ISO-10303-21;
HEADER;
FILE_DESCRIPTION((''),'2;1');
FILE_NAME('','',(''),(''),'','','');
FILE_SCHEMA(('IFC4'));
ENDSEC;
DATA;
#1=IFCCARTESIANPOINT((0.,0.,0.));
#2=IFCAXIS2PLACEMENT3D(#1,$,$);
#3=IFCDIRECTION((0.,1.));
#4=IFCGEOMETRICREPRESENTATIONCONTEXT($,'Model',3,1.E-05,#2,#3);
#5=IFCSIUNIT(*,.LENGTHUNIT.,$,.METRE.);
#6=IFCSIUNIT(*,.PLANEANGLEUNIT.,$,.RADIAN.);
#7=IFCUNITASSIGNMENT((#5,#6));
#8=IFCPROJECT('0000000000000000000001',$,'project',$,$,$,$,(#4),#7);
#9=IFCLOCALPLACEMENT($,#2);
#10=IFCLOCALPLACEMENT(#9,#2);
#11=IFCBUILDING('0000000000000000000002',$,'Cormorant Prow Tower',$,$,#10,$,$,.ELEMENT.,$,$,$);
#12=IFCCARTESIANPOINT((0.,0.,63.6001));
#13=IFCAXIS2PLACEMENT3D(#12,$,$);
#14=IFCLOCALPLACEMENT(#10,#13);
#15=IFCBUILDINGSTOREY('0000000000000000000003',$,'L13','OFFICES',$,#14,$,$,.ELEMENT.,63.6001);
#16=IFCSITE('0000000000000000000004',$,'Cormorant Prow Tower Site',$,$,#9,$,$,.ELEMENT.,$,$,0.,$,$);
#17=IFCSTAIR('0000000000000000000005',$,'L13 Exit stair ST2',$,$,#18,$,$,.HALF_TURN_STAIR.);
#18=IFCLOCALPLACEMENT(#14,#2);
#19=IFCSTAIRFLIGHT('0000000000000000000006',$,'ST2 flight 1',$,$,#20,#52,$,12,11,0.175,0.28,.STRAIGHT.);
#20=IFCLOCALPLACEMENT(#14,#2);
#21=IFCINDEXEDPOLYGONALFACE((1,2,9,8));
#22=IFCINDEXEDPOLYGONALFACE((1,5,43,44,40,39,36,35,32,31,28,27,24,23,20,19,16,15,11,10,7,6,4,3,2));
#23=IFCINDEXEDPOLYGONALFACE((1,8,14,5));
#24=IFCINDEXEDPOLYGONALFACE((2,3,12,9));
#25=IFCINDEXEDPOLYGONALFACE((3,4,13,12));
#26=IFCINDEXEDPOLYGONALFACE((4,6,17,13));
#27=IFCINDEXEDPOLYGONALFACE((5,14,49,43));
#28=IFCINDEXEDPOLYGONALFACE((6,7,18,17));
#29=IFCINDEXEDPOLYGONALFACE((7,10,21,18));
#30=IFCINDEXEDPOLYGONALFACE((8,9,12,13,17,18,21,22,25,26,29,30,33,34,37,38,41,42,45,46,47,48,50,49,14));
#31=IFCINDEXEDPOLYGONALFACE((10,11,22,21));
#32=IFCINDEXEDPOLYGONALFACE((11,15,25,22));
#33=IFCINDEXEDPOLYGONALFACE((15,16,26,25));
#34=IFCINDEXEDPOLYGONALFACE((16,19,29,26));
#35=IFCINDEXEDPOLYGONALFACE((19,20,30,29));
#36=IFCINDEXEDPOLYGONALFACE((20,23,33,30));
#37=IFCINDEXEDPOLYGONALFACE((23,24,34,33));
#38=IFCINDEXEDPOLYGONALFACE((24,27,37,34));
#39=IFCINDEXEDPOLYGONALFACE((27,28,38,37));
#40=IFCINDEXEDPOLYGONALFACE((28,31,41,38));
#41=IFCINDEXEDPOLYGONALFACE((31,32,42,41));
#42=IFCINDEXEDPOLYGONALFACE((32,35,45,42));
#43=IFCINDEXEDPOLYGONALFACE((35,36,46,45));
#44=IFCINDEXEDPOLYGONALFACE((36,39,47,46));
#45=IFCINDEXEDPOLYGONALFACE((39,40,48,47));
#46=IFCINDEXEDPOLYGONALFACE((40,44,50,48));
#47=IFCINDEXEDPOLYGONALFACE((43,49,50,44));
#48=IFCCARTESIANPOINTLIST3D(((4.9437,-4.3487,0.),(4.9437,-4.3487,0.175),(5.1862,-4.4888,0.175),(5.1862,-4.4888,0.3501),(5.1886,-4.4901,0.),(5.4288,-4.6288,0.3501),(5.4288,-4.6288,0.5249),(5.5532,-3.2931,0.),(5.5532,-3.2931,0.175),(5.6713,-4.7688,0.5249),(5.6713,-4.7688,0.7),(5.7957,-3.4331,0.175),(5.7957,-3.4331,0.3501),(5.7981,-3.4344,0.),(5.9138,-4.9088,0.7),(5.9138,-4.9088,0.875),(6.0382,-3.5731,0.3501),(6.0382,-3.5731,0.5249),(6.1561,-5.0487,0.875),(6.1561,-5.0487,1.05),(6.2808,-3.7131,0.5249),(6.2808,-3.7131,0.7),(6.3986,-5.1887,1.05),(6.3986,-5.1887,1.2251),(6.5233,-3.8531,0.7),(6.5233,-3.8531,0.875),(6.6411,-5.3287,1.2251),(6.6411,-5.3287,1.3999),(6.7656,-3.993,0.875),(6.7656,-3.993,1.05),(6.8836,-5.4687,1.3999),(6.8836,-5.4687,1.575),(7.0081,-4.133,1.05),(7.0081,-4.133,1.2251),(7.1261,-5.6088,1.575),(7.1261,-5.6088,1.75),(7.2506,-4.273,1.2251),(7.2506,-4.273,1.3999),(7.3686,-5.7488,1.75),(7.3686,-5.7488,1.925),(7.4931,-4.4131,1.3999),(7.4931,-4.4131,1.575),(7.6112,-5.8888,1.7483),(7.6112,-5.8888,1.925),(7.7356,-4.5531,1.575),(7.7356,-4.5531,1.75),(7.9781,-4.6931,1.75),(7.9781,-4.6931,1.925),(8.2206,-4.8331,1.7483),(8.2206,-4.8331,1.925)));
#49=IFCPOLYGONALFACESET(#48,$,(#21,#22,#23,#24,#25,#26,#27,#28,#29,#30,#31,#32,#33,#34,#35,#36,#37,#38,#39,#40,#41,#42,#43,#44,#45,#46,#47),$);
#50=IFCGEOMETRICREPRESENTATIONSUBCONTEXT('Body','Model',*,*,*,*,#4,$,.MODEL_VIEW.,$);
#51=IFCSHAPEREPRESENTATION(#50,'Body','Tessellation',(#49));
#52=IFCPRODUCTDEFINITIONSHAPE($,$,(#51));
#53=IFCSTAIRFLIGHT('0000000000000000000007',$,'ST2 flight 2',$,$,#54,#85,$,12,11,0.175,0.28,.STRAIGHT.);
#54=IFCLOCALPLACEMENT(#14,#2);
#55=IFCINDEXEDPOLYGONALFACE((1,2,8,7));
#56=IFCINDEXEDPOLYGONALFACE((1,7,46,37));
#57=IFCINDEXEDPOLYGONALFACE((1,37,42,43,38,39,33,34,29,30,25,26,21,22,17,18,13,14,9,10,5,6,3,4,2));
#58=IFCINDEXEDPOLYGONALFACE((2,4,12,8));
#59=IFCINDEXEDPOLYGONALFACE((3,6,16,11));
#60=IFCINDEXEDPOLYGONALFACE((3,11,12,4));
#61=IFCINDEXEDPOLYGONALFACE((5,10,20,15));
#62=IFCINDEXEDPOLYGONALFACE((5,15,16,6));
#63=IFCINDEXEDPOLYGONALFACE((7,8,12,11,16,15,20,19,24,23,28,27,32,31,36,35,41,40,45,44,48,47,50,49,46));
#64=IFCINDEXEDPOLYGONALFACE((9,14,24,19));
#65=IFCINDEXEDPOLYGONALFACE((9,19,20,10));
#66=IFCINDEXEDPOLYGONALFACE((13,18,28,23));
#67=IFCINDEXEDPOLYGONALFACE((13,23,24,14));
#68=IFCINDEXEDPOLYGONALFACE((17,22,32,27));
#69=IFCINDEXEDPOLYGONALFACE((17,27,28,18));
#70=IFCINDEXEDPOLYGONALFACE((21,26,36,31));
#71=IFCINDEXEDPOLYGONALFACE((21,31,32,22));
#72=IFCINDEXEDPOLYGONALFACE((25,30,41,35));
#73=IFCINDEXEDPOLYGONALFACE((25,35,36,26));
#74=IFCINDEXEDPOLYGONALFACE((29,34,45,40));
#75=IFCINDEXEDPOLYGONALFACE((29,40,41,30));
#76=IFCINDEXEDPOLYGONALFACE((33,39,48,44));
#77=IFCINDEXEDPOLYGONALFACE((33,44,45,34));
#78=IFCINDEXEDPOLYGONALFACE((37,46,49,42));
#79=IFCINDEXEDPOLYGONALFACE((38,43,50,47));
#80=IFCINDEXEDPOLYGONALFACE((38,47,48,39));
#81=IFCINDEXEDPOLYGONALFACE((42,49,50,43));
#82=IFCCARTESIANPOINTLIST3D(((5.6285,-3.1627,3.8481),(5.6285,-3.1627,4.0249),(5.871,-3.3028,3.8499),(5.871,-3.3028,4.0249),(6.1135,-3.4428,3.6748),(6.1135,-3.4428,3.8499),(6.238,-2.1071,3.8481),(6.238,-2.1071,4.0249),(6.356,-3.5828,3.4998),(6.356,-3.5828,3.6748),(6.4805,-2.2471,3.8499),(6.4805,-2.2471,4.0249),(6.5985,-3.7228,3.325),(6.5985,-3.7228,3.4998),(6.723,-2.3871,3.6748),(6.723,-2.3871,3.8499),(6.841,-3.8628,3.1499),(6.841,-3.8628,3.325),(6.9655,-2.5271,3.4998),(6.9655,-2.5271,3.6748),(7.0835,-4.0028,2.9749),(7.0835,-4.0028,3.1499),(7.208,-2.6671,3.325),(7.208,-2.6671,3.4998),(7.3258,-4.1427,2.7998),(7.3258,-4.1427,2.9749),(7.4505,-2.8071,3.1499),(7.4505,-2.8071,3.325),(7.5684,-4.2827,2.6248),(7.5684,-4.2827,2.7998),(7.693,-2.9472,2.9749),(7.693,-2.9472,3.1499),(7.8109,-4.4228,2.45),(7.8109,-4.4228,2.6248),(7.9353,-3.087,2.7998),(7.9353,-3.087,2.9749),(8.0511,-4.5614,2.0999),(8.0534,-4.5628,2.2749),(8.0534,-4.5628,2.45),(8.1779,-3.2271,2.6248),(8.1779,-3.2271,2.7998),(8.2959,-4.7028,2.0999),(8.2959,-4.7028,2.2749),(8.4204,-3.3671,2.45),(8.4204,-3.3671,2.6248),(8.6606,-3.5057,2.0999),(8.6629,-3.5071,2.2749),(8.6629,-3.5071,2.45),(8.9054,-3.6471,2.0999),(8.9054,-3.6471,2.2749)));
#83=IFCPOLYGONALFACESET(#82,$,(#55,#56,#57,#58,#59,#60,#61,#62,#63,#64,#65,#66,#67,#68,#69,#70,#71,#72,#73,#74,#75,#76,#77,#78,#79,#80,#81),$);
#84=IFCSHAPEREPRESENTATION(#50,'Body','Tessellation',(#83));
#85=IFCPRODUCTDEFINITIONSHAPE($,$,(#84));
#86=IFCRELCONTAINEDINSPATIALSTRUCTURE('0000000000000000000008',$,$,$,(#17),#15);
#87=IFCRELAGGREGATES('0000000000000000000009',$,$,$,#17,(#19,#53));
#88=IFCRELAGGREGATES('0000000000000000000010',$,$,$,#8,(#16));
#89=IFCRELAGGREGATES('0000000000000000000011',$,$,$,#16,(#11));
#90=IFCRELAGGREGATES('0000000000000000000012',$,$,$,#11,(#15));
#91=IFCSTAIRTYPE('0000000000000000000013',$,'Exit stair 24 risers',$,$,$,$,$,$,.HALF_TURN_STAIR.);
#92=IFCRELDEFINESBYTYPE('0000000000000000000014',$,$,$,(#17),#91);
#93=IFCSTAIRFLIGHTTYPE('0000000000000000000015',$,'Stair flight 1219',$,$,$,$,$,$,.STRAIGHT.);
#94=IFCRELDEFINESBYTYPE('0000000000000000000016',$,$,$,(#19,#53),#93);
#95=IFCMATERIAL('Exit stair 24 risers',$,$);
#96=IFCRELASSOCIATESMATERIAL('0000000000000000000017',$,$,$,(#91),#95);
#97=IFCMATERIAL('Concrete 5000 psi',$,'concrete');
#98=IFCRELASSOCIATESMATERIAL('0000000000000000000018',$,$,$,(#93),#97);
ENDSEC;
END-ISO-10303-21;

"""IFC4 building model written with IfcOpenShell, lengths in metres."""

from ifc_helpers import new_model, si_unit, direction, frame, origin, place, context, subcontext, project, spatial, polyline, outline, extrude, material, type_object, element, aggregate, save


model = new_model("IFC4")

# Units and contexts
model_context = context("Model", 3, precision=1e-05, world=origin(), true_north=direction((0.0, 1.0)))
body_context = subcontext(model_context, "Body", "Model", "MODEL_VIEW")
ifc_project = project(units=[si_unit("LENGTHUNIT", "METRE"), si_unit("PLANEANGLEUNIT", "RADIAN")], contexts=[model_context])

# Site, building, storey
site_placement = place(None, origin())
site = spatial("IfcSite", under=ifc_project, at=site_placement, Name="Cormorant Prow Tower Site", CompositionType="ELEMENT", RefElevation=0.0)
building_placement = place(site_placement, origin())
building = spatial("IfcBuilding", under=site, at=building_placement, Name="Cormorant Prow Tower", CompositionType="ELEMENT")
storey_placement = place(building_placement, frame((0.0, 0.0, 63.6001)))
storey = spatial("IfcBuildingStorey", under=building, at=storey_placement, Name="L13", Description="OFFICES", CompositionType="ELEMENT", Elevation=63.6001)

# Stair, stair flights
ifc_material_1 = material(Name="Exit stair 24 risers")
stair_type = type_object("IfcStairType", Name="Exit stair 24 risers", PredefinedType="HALF_TURN_STAIR", material=ifc_material_1)
stair_placement = place(storey_placement, origin())
stair = element("IfcStair", 1, at=stair_placement, inside=storey, type_object=stair_type, Name="L13 Exit stair ST2", PredefinedType="HALF_TURN_STAIR")
ifc_material_2 = material(Name="Concrete 5000 psi", Category="concrete")
stair_flight_type = type_object("IfcStairFlightType", Name="Stair flight 1219", PredefinedType="STRAIGHT", material=ifc_material_2)
stair_flight_1_placement = place(storey_placement, frame((5.2485, -3.8208, 0.0), z_axis=(0.0, 0.0, 1.0), x_axis=(0.866025, -0.5, 0.0)))
stair_flight_1 = element("IfcStairFlight", 2, at=stair_flight_1_placement, type_object=stair_flight_type, Name="ST2 flight 1", NumberOfRisers=12, NumberOfTreads=11, PredefinedType="STRAIGHT", RiserHeight=0.175, TreadLength=0.28, context=body_context, shape_type="SweptSolid", body=[
    extrude(outline(polyline([(0.0, 0.0), (0.0, 0.175), (0.28, 0.175), (0.28, 0.3501), (0.5601, 0.3501), (0.5601, 0.5249), (0.8401, 0.5249), (0.8401, 0.7), (1.1201, 0.7), (1.1201, 0.875), (1.3999, 0.875), (1.3999, 1.05), (1.6799, 1.05), (1.6799, 1.2251), (1.96, 1.2251), (1.96, 1.3999), (2.24, 1.3999), (2.24, 1.575), (2.52, 1.575), (2.52, 1.75), (2.8, 1.75), (2.8, 1.925), (3.0801, 1.925), (3.0801, 2.1001), (3.0801, 1.7483), (0.2827, 0.0), (0.0, 0.0)])), frame((0.0, 0.6094, 0.0), z_axis=(0.0, -1.0, 0.0), x_axis=(1.0, 0.0, 0.0)), (0.0, 0.0, 1.0), 1.219),
])
stair_flight_2_placement = place(storey_placement, frame((8.6006, -4.175, 2.0999), z_axis=(0.0, 0.0, 1.0), x_axis=(-0.866025, 0.5, 0.0)))
stair_flight_2 = element("IfcStairFlight", 3, at=stair_flight_2_placement, type_object=stair_flight_type, Name="ST2 flight 2", NumberOfRisers=12, NumberOfTreads=11, PredefinedType="STRAIGHT", RiserHeight=0.175, TreadLength=0.28, context=body_context, shape_type="SweptSolid", body=[
    extrude(outline(polyline([(0.0, 0.0), (0.0, 0.175), (0.28, 0.175), (0.28, 0.3501), (0.5601, 0.3501), (0.5601, 0.5249), (0.8401, 0.5249), (0.8401, 0.7), (1.1201, 0.7), (1.1201, 0.875), (1.3999, 0.875), (1.3999, 1.05), (1.6799, 1.05), (1.6799, 1.2251), (1.96, 1.2251), (1.96, 1.3999), (2.24, 1.3999), (2.24, 1.575), (2.52, 1.575), (2.52, 1.75), (2.8, 1.75), (2.8, 1.925), (3.0801, 1.925), (3.0801, 2.1001), (3.0801, 1.7483), (0.2827, 0.0), (0.0, 0.0)])), frame((0.0, 0.6094, 0.0), z_axis=(0.0, -1.0, 0.0), x_axis=(1.0, 0.0, 0.0)), (0.0, 0.0, 1.0), 1.219),
])
aggregate(stair, [stair_flight_1, stair_flight_2])

save(model, "model.ifc")
